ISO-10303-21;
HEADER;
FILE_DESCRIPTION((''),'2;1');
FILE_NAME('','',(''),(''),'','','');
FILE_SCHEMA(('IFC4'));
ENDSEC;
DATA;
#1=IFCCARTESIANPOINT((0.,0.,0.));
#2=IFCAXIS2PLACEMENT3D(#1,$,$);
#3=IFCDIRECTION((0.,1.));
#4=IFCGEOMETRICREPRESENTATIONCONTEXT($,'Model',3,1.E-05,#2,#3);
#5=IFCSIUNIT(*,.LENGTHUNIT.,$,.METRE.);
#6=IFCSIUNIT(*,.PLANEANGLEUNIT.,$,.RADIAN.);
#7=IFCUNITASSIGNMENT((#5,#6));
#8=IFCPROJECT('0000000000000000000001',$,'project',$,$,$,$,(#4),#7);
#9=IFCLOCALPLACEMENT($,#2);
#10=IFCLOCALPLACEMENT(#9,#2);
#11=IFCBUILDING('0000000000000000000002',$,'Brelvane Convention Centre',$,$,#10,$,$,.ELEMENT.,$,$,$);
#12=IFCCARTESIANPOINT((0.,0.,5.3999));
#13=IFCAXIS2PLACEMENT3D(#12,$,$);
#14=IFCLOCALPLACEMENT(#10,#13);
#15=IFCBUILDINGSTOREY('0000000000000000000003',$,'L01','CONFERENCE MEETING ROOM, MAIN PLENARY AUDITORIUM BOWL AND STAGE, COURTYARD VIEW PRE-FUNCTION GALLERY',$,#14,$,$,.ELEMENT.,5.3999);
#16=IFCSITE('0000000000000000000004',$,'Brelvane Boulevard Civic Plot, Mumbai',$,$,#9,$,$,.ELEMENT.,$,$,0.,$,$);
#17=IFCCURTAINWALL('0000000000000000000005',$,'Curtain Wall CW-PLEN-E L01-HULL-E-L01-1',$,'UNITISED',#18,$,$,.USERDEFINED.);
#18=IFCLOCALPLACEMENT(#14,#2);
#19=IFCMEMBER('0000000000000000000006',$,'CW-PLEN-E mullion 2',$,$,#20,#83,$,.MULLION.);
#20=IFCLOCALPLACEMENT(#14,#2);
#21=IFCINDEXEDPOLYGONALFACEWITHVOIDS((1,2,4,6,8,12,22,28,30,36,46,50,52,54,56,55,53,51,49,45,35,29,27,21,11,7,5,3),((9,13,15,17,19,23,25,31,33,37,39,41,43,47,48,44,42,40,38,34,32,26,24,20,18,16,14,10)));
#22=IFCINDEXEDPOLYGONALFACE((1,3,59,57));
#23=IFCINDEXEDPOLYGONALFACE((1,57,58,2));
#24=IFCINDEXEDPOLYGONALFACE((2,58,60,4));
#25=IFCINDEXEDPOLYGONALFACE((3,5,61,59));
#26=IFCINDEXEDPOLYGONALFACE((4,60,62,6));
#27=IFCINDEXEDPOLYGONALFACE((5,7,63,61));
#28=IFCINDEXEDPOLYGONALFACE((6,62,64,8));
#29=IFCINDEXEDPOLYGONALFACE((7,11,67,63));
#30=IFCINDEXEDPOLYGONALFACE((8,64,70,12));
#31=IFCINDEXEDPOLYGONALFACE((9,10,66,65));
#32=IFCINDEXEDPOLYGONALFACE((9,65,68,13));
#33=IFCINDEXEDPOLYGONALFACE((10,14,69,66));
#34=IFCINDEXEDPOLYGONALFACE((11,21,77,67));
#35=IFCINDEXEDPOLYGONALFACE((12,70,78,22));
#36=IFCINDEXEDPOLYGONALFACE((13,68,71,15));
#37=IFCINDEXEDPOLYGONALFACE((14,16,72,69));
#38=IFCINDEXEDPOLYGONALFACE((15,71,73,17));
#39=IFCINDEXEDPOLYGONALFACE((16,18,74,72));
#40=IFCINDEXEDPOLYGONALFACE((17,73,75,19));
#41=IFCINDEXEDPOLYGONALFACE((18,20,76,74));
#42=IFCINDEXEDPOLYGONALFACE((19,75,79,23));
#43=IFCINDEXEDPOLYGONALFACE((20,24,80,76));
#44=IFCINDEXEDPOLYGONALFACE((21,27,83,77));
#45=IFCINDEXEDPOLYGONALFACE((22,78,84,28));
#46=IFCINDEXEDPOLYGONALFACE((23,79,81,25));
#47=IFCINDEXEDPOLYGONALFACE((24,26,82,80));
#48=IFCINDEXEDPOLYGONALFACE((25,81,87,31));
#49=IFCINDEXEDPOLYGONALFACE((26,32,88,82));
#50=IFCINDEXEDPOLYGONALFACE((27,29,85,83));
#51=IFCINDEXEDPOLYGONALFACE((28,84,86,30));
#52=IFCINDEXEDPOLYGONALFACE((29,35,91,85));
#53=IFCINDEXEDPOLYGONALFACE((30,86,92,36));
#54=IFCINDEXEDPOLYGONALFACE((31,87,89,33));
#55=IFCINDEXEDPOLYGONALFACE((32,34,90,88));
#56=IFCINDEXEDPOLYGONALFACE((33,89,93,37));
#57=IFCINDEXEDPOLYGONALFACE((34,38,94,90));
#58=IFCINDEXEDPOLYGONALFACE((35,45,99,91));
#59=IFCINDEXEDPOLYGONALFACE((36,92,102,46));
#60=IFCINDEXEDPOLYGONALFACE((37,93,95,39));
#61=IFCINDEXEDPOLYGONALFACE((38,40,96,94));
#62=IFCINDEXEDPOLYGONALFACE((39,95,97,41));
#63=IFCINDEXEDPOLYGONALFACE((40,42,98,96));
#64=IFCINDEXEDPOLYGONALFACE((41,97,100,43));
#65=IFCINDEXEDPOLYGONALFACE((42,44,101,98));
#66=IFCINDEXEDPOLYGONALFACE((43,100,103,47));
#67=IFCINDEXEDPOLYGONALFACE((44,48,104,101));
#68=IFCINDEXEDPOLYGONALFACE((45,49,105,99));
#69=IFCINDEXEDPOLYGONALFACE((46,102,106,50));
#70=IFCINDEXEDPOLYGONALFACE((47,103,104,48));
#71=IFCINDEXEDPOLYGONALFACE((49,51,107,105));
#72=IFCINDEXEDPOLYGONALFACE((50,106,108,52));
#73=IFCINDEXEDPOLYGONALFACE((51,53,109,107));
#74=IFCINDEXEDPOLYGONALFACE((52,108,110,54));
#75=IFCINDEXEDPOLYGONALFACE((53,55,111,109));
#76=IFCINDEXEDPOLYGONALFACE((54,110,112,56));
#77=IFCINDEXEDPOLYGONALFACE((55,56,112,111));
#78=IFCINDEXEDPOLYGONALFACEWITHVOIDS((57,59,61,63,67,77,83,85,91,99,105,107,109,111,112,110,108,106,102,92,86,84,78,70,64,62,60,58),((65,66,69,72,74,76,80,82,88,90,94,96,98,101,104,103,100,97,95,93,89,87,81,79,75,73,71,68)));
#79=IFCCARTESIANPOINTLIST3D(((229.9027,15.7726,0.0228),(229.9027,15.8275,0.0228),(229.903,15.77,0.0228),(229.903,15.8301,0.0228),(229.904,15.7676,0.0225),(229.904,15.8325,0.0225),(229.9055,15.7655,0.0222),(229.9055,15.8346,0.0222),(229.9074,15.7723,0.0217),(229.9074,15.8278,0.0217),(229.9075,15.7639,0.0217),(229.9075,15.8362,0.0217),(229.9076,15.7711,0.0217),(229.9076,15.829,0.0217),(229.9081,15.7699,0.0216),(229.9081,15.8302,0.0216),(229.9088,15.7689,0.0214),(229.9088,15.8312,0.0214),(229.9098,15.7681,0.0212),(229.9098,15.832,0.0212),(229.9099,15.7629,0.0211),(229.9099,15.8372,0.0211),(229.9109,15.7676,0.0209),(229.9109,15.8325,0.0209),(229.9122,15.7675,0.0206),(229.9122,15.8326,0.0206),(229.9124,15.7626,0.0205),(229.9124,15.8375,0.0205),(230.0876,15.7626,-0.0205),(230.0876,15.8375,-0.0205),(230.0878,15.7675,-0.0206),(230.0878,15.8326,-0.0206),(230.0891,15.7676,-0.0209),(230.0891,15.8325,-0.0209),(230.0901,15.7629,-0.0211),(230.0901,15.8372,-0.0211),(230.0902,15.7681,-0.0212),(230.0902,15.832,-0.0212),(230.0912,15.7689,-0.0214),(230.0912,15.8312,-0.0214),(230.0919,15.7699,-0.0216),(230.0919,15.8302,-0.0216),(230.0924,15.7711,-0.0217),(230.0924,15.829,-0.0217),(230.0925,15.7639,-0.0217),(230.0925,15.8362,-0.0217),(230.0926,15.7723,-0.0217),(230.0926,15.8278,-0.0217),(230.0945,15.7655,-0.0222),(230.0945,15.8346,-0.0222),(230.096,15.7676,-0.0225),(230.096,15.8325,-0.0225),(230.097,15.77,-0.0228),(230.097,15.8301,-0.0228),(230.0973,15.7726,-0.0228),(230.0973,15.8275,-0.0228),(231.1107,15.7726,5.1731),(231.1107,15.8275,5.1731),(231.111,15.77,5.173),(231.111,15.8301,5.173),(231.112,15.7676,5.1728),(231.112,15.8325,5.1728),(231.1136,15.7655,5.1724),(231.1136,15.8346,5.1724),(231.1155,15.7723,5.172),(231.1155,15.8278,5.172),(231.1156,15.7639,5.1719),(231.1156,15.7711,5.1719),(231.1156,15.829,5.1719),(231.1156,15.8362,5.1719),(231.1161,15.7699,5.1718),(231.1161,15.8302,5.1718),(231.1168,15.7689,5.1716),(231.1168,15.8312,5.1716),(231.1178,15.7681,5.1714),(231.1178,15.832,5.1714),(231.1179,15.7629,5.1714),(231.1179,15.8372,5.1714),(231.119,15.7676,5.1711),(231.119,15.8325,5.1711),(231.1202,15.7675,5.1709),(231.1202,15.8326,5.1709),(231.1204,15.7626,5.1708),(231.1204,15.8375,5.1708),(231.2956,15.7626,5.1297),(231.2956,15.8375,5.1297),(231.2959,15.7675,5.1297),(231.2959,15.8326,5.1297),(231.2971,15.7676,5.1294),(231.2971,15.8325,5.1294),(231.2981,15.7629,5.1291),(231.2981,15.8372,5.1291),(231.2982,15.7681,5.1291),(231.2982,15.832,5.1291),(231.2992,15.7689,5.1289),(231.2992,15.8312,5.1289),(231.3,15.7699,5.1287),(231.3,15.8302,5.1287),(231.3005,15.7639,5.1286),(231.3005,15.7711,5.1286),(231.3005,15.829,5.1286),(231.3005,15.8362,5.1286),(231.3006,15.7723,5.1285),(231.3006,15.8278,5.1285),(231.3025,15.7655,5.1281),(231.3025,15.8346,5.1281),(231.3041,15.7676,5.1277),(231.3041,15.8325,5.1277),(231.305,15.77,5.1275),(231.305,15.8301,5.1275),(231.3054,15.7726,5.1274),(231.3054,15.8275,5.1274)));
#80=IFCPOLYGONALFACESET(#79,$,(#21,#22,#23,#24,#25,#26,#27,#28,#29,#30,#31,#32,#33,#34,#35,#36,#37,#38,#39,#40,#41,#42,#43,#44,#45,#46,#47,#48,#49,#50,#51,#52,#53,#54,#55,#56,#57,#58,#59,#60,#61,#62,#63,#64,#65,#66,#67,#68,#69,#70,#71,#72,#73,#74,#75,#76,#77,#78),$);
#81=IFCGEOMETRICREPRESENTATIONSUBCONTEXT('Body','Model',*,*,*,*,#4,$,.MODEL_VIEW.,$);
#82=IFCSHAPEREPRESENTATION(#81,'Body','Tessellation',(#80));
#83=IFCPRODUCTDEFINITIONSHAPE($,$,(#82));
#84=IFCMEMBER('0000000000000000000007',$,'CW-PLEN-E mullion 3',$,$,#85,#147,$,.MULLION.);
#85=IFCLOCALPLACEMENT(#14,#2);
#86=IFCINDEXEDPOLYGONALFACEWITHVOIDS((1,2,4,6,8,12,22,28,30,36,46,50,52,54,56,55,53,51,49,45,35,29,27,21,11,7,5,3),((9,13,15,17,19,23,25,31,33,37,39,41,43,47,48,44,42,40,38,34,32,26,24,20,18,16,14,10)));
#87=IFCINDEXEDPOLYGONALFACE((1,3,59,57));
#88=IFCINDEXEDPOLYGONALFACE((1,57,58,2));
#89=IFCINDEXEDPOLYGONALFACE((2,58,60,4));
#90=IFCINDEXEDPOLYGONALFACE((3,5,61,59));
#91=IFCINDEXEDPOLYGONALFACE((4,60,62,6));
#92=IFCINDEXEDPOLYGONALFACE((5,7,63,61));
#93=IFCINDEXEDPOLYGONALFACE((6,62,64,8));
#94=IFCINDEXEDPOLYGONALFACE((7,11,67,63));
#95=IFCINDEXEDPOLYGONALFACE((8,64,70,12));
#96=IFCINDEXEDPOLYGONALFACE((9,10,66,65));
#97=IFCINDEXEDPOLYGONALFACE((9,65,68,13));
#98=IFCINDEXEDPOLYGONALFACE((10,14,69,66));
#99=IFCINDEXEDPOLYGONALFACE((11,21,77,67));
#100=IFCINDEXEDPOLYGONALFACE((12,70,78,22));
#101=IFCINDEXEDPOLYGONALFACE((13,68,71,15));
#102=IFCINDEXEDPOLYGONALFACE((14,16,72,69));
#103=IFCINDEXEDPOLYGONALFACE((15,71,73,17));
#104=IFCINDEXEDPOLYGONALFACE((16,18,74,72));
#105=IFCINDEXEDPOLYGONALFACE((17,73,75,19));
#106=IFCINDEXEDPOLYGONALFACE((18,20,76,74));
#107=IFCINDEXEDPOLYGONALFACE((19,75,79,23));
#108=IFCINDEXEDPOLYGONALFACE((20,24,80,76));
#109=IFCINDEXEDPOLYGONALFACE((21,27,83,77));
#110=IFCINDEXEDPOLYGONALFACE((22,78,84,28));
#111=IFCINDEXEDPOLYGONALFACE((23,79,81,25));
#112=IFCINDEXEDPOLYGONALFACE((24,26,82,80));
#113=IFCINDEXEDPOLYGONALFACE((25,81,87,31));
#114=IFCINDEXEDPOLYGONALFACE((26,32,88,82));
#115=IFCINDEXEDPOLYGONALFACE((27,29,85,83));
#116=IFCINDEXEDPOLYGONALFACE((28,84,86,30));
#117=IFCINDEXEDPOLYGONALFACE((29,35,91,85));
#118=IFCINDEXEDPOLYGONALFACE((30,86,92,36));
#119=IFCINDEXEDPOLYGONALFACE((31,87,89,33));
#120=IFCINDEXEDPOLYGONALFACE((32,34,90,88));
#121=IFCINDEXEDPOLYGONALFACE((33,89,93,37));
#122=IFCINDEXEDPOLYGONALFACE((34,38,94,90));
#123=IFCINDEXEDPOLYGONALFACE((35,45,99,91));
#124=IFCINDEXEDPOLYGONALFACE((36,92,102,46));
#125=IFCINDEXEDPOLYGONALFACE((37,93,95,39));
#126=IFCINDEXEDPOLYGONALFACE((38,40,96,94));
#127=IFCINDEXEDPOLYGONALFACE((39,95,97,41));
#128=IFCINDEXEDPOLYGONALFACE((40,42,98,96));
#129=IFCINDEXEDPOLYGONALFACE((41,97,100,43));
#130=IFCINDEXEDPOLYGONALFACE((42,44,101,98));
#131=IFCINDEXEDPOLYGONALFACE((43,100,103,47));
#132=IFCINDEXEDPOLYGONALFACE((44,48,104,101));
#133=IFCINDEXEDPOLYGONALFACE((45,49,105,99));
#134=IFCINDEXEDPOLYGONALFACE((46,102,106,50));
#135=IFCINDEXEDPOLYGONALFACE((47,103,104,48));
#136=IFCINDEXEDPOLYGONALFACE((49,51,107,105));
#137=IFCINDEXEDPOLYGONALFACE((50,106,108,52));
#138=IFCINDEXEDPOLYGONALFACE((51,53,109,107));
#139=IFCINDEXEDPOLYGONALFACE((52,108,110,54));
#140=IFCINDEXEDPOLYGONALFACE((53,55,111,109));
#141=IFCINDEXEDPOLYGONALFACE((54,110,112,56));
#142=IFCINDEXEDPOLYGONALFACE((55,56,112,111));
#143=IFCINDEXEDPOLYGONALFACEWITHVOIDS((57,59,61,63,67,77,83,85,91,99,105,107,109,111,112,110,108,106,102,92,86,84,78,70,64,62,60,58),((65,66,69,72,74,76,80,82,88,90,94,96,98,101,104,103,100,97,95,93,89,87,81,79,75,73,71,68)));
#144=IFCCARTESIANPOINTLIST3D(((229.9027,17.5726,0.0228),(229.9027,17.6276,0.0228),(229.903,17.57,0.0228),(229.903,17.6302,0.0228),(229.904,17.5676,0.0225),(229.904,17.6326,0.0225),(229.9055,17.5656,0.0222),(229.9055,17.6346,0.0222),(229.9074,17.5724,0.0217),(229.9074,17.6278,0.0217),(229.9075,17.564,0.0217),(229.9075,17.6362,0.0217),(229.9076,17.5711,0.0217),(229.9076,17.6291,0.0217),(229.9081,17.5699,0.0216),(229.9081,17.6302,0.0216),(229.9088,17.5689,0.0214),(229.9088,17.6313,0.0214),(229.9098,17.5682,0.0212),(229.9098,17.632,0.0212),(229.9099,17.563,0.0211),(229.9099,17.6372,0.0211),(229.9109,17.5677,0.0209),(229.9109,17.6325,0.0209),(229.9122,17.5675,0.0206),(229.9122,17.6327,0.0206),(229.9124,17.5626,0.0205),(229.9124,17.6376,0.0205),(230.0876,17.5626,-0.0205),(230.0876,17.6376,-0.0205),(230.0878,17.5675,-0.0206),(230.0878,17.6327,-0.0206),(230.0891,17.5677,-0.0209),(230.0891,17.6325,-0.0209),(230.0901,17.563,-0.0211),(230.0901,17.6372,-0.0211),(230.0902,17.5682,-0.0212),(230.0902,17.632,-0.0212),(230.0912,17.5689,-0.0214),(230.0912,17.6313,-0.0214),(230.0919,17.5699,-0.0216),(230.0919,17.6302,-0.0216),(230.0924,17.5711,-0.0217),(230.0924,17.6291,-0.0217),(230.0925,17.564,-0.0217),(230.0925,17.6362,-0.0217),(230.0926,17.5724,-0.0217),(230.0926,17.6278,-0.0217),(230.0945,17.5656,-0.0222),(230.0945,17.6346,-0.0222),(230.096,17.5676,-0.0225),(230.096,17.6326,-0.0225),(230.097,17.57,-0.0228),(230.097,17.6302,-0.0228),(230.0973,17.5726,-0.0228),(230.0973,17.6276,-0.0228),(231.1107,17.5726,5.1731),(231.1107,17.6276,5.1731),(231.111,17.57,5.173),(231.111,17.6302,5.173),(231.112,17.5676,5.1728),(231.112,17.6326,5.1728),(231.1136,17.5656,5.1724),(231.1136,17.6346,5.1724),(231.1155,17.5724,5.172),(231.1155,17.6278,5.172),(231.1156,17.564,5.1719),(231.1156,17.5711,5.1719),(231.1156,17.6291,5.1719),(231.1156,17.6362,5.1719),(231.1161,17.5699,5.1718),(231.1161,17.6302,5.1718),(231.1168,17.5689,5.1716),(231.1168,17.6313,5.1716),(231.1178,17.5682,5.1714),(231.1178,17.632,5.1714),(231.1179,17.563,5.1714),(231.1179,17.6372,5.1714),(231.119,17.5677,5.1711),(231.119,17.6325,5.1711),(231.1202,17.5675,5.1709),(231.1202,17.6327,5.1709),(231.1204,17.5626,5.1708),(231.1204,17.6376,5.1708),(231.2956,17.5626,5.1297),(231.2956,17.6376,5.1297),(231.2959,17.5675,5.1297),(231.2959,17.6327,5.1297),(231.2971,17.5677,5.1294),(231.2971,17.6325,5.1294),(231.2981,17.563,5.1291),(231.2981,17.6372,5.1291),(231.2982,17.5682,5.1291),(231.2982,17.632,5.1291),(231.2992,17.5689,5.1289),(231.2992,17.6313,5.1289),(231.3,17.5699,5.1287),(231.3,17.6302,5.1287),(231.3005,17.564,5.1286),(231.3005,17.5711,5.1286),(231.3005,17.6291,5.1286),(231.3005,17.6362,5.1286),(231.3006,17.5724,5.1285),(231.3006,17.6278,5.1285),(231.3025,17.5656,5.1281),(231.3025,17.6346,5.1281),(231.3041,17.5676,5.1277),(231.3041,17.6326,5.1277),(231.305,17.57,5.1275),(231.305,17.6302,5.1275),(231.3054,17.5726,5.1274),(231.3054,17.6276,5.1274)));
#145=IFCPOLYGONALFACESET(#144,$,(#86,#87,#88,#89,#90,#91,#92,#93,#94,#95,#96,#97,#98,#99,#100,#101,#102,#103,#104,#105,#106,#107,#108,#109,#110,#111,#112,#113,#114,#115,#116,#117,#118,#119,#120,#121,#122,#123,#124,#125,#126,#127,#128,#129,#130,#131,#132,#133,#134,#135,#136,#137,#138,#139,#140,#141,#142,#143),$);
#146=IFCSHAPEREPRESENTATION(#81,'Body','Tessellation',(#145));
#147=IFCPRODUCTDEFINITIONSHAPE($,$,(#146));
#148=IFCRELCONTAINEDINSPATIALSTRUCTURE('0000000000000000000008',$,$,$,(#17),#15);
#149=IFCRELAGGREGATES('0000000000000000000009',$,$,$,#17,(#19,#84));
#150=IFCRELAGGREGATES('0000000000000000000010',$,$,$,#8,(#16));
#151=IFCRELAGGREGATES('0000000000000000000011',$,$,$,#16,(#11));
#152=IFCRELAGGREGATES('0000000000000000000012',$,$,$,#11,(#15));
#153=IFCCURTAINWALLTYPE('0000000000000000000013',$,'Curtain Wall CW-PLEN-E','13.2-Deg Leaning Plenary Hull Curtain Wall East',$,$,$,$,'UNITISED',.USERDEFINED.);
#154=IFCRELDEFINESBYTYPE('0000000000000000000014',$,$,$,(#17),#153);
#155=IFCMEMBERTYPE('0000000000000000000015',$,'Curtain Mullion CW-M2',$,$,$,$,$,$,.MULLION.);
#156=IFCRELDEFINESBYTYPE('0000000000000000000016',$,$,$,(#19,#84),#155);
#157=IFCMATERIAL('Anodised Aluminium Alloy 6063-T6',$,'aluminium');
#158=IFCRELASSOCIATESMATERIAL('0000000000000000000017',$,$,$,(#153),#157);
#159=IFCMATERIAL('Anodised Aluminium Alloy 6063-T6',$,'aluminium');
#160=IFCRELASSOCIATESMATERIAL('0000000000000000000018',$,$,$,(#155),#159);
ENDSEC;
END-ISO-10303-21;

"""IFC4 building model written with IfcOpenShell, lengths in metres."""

from ifc_helpers import new_model, si_unit, direction, frame, origin, origin_2d, place, context, subcontext, project, spatial, hollow_rectangle, extrude, material, material_profile, profile_set, type_object, element, aggregate, save


model = new_model("IFC4")

# Units and contexts
model_context = context("Model", 3, precision=1e-05, world=origin(), true_north=direction((0.0, 1.0)))
body_context = subcontext(model_context, "Body", "Model", "MODEL_VIEW")
ifc_project = project(units=[si_unit("LENGTHUNIT", "METRE"), si_unit("PLANEANGLEUNIT", "RADIAN")], contexts=[model_context])

# Site, building, storey
site_placement = place(None, origin())
site = spatial("IfcSite", under=ifc_project, at=site_placement, Name="Brelvane Boulevard Civic Plot, Mumbai", CompositionType="ELEMENT", RefElevation=0.0)
building_placement = place(site_placement, origin())
building = spatial("IfcBuilding", under=site, at=building_placement, Name="Brelvane Convention Centre", CompositionType="ELEMENT")
storey_placement = place(building_placement, frame((0.0, 0.0, 5.3999)))
storey = spatial("IfcBuildingStorey", under=building, at=storey_placement, Name="L01", Description="CONFERENCE MEETING ROOM, MAIN PLENARY AUDITORIUM BOWL AND STAGE, COURTYARD VIEW PRE-FUNCTION GALLERY", CompositionType="ELEMENT", Elevation=5.3999)

# Curtain wall, members
ifc_material_1 = material(Name="Anodised Aluminium Alloy 6063-T6", Category="aluminium")
curtain_wall_type = type_object("IfcCurtainWallType", Name="Curtain Wall CW-PLEN-E", Description="13.2-Deg Leaning Plenary Hull Curtain Wall East", ElementType="UNITISED", PredefinedType="USERDEFINED", material=ifc_material_1)
curtain_wall_placement = place(storey_placement, origin())
curtain_wall = element("IfcCurtainWall", 1, at=curtain_wall_placement, inside=storey, type_object=curtain_wall_type, Name="Curtain Wall CW-PLEN-E L01-HULL-E-L01-1", ObjectType="UNITISED", PredefinedType="USERDEFINED")
ifc_material_2 = material(Name="Anodised Aluminium Alloy 6063-T6", Category="aluminium")
ifc_material_profile_1 = material_profile(ifc_material_2, hollow_rectangle(XDim=0.075, YDim=0.2, WallThickness=0.0049, InnerFilletRadius=0.0049, OuterFilletRadius=0.01, at=origin_2d()), Name="ALU-M 200x75x5.0")
ifc_profile_set_1 = profile_set([ifc_material_profile_1], Name="Anodised Aluminium Alloy 6063-T6")
member_type_1 = type_object("IfcMemberType", Name="Curtain Mullion CW-M2", PredefinedType="MULLION", material=ifc_profile_set_1)
member_1_placement = place(storey_placement, frame((230.0, 15.8, 0.0), z_axis=(0.22836, 0.0, 0.973577), x_axis=(0.0, 1.0, 0.0)))
member_1 = element("IfcMember", 2, at=member_1_placement, type_object=member_type_1, Name="CW-PLEN-E mullion 2", PredefinedType="MULLION", context=body_context, shape_type="SweptSolid", body=[
    extrude(hollow_rectangle(XDim=0.075, YDim=0.2, WallThickness=0.0049, InnerFilletRadius=0.0049, OuterFilletRadius=0.01, at=origin_2d()), origin(), (0.0, 0.0, 1.0), 5.29),
])
member_2_placement = place(storey_placement, frame((230.0, 17.6001, 0.0), z_axis=(0.22836, 0.0, 0.973577), x_axis=(0.0, 1.0, 0.0)))
member_2 = element("IfcMember", 3, at=member_2_placement, type_object=member_type_1, Name="CW-PLEN-E mullion 3", PredefinedType="MULLION", context=body_context, shape_type="SweptSolid", body=[
    extrude(hollow_rectangle(XDim=0.075, YDim=0.2, WallThickness=0.0049, InnerFilletRadius=0.0049, OuterFilletRadius=0.01, at=origin_2d()), origin(), (0.0, 0.0, 1.0), 5.29),
])

aggregate(curtain_wall, [member_1, member_2])

save(model, "model.ifc")
